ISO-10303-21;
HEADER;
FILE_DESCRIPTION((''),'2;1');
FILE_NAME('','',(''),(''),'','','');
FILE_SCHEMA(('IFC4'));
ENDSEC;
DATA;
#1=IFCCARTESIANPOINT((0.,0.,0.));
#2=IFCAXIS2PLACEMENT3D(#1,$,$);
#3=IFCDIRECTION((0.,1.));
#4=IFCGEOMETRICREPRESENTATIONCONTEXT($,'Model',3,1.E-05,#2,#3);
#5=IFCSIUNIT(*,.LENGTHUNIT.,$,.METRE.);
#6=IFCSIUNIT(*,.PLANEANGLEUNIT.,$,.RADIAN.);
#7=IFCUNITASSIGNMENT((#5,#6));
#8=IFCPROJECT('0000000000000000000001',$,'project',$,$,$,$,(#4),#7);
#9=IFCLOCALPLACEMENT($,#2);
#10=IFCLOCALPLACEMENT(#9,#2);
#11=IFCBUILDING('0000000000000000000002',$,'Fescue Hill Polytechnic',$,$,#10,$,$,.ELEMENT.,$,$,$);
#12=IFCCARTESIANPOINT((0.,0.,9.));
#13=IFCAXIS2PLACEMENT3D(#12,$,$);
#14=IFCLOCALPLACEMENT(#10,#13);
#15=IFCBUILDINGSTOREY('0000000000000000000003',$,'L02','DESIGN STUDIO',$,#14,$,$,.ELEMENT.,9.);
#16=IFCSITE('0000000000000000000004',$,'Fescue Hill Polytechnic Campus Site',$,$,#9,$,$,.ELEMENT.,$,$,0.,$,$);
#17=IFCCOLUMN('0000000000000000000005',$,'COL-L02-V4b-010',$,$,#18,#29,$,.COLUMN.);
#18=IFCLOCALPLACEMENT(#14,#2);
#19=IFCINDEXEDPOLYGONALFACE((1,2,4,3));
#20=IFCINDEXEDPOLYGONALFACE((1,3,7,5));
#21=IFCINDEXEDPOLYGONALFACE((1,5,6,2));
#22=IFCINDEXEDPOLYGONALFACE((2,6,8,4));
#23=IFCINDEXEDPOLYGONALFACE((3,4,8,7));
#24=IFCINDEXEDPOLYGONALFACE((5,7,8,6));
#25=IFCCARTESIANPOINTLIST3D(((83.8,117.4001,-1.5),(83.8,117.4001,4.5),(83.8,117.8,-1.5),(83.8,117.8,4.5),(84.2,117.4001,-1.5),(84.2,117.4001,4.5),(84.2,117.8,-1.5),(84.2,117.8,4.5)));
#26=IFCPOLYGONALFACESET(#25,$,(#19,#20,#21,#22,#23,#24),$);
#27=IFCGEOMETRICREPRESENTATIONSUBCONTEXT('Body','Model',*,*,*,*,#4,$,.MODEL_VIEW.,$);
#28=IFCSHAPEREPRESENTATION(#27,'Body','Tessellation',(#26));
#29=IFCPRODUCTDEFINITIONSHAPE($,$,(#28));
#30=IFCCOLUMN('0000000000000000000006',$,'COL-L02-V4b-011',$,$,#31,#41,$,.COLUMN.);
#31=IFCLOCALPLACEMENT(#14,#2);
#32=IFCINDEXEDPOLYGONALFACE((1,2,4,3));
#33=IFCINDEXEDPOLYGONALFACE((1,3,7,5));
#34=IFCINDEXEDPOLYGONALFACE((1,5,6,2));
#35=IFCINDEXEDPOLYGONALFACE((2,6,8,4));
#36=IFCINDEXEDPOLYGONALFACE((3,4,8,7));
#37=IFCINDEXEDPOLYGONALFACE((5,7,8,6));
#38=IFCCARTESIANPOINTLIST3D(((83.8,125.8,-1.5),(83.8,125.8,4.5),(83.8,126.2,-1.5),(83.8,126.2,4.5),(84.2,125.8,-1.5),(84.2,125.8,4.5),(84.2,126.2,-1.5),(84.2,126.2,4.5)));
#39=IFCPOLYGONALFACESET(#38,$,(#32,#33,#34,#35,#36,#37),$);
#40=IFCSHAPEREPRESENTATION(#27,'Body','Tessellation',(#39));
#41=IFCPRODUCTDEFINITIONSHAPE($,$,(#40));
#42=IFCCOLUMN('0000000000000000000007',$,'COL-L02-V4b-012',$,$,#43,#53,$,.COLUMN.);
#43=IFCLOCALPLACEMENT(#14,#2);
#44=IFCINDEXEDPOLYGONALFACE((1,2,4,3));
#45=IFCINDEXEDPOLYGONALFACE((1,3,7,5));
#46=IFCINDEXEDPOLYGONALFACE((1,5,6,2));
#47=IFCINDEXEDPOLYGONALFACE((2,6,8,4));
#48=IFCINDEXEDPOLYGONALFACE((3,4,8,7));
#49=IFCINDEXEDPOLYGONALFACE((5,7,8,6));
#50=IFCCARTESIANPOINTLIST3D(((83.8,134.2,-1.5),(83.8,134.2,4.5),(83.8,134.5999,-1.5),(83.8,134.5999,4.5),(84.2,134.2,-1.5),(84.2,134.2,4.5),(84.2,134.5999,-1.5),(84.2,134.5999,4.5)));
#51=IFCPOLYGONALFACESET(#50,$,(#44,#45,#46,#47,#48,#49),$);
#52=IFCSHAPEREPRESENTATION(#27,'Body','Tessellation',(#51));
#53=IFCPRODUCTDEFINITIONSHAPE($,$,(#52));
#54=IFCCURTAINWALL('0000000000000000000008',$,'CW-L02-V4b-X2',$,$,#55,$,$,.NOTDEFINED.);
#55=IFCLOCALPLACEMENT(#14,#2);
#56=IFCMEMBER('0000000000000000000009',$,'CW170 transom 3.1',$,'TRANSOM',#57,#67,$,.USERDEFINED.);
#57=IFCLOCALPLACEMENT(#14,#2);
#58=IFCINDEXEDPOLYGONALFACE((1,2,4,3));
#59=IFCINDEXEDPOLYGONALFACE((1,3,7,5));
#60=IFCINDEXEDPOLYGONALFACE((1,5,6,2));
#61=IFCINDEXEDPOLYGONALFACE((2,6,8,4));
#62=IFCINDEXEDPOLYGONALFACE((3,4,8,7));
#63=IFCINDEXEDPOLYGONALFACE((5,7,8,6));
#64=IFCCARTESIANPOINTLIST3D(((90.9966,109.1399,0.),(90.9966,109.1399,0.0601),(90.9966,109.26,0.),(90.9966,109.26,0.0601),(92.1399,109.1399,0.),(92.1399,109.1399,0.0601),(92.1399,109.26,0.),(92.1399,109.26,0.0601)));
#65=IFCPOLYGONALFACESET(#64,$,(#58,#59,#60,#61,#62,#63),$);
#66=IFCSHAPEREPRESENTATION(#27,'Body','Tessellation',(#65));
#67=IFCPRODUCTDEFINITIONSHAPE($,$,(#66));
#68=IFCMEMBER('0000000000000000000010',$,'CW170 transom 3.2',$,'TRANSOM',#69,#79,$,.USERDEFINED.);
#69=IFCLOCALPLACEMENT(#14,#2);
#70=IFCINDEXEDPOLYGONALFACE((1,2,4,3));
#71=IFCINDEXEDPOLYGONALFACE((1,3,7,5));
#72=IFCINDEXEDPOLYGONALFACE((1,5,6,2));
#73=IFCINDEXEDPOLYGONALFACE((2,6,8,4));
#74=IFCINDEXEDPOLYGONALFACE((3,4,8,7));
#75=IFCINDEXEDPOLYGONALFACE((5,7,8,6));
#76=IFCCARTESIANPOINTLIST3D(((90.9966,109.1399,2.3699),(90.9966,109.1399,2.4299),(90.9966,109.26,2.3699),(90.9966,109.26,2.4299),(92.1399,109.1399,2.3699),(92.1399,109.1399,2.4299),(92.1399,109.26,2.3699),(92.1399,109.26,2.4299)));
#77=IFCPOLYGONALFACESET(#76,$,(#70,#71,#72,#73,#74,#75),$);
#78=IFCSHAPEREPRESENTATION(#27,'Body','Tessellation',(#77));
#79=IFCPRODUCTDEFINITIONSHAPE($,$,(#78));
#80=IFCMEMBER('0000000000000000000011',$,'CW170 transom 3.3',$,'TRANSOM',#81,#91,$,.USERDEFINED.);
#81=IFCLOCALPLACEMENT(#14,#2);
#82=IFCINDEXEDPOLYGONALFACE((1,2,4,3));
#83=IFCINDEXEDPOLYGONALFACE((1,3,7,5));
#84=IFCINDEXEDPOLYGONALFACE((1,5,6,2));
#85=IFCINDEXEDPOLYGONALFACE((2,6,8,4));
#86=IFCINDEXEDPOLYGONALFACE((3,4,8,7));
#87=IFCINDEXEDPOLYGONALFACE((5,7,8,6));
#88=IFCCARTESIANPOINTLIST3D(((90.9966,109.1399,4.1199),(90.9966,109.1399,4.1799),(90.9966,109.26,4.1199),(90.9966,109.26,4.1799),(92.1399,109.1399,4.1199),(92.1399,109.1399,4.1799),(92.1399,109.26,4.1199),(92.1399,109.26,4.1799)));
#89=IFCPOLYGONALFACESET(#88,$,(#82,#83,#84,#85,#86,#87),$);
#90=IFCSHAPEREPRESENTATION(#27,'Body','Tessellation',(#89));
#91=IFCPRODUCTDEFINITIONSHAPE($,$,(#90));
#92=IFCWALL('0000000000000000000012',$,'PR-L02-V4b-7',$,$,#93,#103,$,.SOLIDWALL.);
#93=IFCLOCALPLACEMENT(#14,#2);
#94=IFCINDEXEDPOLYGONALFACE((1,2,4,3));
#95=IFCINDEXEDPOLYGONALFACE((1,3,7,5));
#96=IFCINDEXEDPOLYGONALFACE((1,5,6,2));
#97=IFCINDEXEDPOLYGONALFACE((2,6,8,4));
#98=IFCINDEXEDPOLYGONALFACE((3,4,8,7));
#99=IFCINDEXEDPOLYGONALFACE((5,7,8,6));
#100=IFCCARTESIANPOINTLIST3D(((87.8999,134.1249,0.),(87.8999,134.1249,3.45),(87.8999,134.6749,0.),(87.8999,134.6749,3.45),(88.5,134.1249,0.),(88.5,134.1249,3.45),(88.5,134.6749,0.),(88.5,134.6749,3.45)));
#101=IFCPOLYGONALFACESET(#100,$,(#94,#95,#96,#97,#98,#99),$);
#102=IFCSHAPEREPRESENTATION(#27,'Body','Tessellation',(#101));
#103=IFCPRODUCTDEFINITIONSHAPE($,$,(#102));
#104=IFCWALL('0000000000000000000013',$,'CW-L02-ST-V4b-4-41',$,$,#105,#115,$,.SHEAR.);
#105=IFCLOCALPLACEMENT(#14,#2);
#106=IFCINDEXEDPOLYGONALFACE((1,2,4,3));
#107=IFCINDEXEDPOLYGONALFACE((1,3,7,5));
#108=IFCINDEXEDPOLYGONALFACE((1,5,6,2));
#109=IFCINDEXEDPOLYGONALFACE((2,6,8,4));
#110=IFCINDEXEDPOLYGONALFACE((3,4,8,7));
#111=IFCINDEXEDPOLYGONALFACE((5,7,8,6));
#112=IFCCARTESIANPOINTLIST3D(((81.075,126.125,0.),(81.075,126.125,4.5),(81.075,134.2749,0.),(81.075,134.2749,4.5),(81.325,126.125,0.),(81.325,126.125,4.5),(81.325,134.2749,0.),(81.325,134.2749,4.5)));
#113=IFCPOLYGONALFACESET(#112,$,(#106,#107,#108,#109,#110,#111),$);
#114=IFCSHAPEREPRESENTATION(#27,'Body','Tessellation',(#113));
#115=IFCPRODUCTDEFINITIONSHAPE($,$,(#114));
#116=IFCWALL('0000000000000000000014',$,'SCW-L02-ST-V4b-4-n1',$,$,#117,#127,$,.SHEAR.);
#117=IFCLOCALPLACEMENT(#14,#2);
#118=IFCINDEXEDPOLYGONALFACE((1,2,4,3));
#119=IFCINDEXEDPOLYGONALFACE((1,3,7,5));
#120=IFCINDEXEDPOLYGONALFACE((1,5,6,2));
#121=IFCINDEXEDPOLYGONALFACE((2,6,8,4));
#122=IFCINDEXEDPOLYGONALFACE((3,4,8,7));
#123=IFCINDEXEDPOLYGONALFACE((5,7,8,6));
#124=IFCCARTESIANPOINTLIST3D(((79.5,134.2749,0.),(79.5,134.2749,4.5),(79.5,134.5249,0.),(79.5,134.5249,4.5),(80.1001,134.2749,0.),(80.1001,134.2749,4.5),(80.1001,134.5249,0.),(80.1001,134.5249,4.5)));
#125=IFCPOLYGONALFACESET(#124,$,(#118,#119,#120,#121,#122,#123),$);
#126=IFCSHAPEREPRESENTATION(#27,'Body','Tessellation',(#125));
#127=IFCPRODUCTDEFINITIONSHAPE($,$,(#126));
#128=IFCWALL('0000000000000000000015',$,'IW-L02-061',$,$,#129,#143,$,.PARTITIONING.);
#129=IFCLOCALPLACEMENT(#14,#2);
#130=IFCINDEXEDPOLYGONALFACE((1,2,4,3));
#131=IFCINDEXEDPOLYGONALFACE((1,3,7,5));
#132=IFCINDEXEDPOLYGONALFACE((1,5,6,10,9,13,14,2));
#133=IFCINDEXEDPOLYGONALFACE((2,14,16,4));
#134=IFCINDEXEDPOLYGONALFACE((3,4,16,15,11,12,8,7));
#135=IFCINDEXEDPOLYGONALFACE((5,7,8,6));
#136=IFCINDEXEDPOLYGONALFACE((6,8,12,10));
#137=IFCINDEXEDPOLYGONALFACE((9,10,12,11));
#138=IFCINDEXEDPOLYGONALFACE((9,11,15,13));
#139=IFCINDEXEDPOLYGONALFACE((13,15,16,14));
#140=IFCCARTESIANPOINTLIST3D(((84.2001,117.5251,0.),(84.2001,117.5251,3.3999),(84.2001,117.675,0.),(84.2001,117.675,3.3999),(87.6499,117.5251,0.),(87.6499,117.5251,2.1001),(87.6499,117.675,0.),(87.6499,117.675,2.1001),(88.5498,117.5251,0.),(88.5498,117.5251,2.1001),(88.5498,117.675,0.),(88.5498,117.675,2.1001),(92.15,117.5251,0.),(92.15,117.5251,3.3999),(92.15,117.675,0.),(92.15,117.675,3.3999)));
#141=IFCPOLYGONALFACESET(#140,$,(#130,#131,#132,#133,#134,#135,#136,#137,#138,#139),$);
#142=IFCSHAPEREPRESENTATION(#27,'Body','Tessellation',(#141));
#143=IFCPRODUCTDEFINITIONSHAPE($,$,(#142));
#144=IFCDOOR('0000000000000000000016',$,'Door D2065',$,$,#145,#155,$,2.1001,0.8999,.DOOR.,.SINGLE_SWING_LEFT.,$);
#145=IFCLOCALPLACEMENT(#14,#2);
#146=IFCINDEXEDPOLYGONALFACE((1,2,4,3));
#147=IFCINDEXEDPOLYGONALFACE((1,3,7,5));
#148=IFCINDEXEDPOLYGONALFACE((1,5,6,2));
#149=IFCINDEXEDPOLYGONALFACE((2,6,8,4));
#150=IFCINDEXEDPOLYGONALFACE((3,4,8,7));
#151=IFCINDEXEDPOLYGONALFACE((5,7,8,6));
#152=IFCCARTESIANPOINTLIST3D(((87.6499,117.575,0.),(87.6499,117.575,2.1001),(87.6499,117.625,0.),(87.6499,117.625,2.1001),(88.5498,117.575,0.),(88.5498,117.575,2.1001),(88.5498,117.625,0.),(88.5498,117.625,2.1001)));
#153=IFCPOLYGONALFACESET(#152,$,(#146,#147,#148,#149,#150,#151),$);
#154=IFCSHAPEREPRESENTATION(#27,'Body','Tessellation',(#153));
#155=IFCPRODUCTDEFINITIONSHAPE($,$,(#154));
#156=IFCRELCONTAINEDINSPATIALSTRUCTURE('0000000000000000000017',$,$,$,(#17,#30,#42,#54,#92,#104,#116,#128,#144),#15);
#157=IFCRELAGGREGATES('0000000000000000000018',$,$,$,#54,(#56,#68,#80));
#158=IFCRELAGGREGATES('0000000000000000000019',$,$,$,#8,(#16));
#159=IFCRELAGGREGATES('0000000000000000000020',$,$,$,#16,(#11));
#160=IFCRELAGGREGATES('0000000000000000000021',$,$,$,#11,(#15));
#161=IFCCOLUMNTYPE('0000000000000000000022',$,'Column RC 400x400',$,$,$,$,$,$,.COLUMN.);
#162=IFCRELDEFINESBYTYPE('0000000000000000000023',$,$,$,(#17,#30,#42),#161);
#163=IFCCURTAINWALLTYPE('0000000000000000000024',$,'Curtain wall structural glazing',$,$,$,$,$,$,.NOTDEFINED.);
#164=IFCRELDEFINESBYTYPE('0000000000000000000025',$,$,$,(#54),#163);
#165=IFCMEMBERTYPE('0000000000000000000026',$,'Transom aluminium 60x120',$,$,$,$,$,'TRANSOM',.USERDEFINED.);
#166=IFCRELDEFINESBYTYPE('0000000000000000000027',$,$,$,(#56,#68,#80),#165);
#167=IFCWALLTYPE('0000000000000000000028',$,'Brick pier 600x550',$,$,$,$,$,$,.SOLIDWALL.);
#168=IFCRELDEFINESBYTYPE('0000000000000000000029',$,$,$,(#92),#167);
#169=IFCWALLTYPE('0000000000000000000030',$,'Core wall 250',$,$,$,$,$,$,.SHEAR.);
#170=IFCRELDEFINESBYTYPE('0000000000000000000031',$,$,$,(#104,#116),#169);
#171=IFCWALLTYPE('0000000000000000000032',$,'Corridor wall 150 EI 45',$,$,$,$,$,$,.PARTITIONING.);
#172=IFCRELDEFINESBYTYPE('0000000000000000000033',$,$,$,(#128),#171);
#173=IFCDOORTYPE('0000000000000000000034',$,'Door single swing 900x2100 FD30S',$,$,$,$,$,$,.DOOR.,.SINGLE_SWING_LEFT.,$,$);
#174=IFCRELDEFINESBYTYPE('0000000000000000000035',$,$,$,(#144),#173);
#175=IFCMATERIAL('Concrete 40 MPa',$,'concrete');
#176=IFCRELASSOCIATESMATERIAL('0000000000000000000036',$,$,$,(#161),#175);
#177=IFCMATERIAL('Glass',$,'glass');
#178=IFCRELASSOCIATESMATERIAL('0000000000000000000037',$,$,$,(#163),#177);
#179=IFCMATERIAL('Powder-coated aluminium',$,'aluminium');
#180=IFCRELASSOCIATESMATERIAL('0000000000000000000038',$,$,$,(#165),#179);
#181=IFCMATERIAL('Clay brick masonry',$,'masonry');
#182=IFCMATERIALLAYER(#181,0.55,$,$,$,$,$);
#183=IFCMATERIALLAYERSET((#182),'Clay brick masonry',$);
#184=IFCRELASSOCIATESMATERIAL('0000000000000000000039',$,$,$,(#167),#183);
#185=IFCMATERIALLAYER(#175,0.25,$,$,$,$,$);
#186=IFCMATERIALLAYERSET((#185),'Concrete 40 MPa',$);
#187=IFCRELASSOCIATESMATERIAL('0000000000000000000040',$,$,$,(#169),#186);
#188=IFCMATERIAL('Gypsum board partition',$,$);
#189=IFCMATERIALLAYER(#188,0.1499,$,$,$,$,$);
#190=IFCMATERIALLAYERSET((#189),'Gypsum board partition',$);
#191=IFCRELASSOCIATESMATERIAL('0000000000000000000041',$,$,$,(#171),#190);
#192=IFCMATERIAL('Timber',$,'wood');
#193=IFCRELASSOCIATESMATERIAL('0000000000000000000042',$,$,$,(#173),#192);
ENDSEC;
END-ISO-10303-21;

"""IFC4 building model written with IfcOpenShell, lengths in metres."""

from ifc_helpers import new_model, si_unit, direction, frame, frame_2d, origin, origin_2d, place, context, subcontext, project, spatial, rectangle, extrude, material, layer, layer_set, material_profile, profile_set, type_object, element, fill, aggregate, save


model = new_model("IFC4")

# Units and contexts
model_context = context("Model", 3, precision=1e-05, world=origin(), true_north=direction((0.0, 1.0)))
body_context = subcontext(model_context, "Body", "Model", "MODEL_VIEW")
ifc_project = project(units=[si_unit("LENGTHUNIT", "METRE"), si_unit("PLANEANGLEUNIT", "RADIAN")], contexts=[model_context])

# Site, building, storey
site_placement = place(None, origin())
site = spatial("IfcSite", under=ifc_project, at=site_placement, Name="Fescue Hill Polytechnic Campus Site", CompositionType="ELEMENT", RefElevation=0.0)
building_placement = place(site_placement, origin())
building = spatial("IfcBuilding", under=site, at=building_placement, Name="Fescue Hill Polytechnic", CompositionType="ELEMENT")
storey_placement = place(building_placement, frame((0.0, 0.0, 9.0)))
storey = spatial("IfcBuildingStorey", under=building, at=storey_placement, Name="L02", Description="DESIGN STUDIO", CompositionType="ELEMENT", Elevation=9.0)

# Columns
ifc_material_1 = material(Name="Concrete 40 MPa", Category="concrete")
ifc_material_profile_1 = material_profile(ifc_material_1, rectangle(XDim=0.3999, YDim=0.3999, at=origin_2d()), Name="RC 400x400")
ifc_profile_set_1 = profile_set([ifc_material_profile_1], Name="Concrete 40 MPa")
column_type = type_object("IfcColumnType", Name="Column RC 400x400", PredefinedType="COLUMN", material=ifc_profile_set_1)
for number, where, z_axis, x_axis, name in (
    (1, (84.0, 117.6001, -1.5), (0.0, 0.0, 1.0), (1.0, 0.0, 0.0), "COL-L02-V4b-010"),
    (2, (84.0, 126.0, -1.5), (0.0, 0.0, 1.0), (1.0, 0.0, 0.0), "COL-L02-V4b-011"),
    (3, (84.0, 134.3999, -1.5), (0.0, 0.0, 1.0), (1.0, 0.0, 0.0), "COL-L02-V4b-012"),
):
    element("IfcColumn", number, at=place(storey_placement, frame(where, z_axis=z_axis, x_axis=x_axis)), inside=storey, type_object=column_type, Name=name, PredefinedType="COLUMN", context=body_context, shape_type="SweptSolid", body=[
        extrude(rectangle(XDim=0.3999, YDim=0.3999, at=origin_2d()), origin(), (0.0, 0.0, 1.0), 6.0),
    ])

# Curtain wall, members
ifc_material_2 = material(Name="Glass", Category="glass")
curtain_wall_type = type_object("IfcCurtainWallType", Name="Curtain wall structural glazing", PredefinedType="NOTDEFINED", material=ifc_material_2)
curtain_wall_placement = place(storey_placement, origin())
curtain_wall = element("IfcCurtainWall", 4, at=curtain_wall_placement, inside=storey, type_object=curtain_wall_type, Name="CW-L02-V4b-X2", PredefinedType="NOTDEFINED")
ifc_material_3 = material(Name="Powder-coated aluminium", Category="aluminium")
ifc_material_profile_2 = material_profile(ifc_material_3, rectangle(XDim=0.1201, YDim=0.0601, at=origin_2d()), Name="Transom aluminium 60x120")
ifc_profile_set_2 = profile_set([ifc_material_profile_2], Name="Powder-coated aluminium")
member_type = type_object("IfcMemberType", Name="Transom aluminium 60x120", ElementType="TRANSOM", PredefinedType="USERDEFINED", material=ifc_profile_set_2)
member_1_placement = place(storey_placement, frame((90.9966, 109.2, 0.03), z_axis=(1.0, 0.0, 0.0), x_axis=(0.0, 1.0, 0.0)))
member_1 = element("IfcMember", 5, at=member_1_placement, type_object=member_type, Name="CW170 transom 3.1", ObjectType="TRANSOM", PredefinedType="USERDEFINED", context=body_context, shape_type="SweptSolid", body=[
    extrude(rectangle(XDim=0.1201, YDim=0.0601, at=origin_2d()), origin(), (0.0, 0.0, 1.0), 1.1433),
])
member_2_placement = place(storey_placement, frame((90.9966, 109.2, 2.3999), z_axis=(1.0, 0.0, 0.0), x_axis=(0.0, 1.0, 0.0)))
member_2 = element("IfcMember", 6, at=member_2_placement, type_object=member_type, Name="CW170 transom 3.2", ObjectType="TRANSOM", PredefinedType="USERDEFINED", context=body_context, shape_type="SweptSolid", body=[
    extrude(rectangle(XDim=0.1201, YDim=0.0601, at=origin_2d()), origin(), (0.0, 0.0, 1.0), 1.1433),
])
member_3_placement = place(storey_placement, frame((90.9966, 109.2, 4.1499), z_axis=(1.0, 0.0, 0.0), x_axis=(0.0, 1.0, 0.0)))
member_3 = element("IfcMember", 7, at=member_3_placement, type_object=member_type, Name="CW170 transom 3.3", ObjectType="TRANSOM", PredefinedType="USERDEFINED", context=body_context, shape_type="SweptSolid", body=[
    extrude(rectangle(XDim=0.1201, YDim=0.0601, at=origin_2d()), origin(), (0.0, 0.0, 1.0), 1.1433),
])
aggregate(curtain_wall, [member_1, member_2, member_3])

# Walls
ifc_material_4 = material(Name="Clay brick masonry", Category="masonry")
ifc_layer_1 = layer(ifc_material_4, 0.55)
ifc_layer_set_1 = layer_set([ifc_layer_1], Name="Clay brick masonry")
wall_type_1 = type_object("IfcWallType", Name="Brick pier 600x550", PredefinedType="SOLIDWALL", material=ifc_layer_set_1)
wall_1_placement = place(storey_placement, frame((88.5, 134.3999, 0.0), z_axis=(0.0, 0.0, 1.0), x_axis=(-1.0, 0.0, 0.0)))
element("IfcWall", 8, at=wall_1_placement, inside=storey, type_object=wall_type_1, Name="PR-L02-V4b-7", PredefinedType="SOLIDWALL", context=body_context, shape_type="SweptSolid", body=[
    extrude(rectangle(XDim=0.6001, YDim=0.55, at=frame_2d((0.3, 0.0))), origin(), (0.0, 0.0, 1.0), 3.45),
])
ifc_layer_2 = layer(ifc_material_1, 0.25)
ifc_layer_set_2 = layer_set([ifc_layer_2], Name="Concrete 40 MPa")
wall_type_2 = type_object("IfcWallType", Name="Core wall 250", PredefinedType="SHEAR", material=ifc_layer_set_2)
wall_2_placement = place(storey_placement, frame((81.2, 126.125, 0.0), z_axis=(0.0, 0.0, 1.0), x_axis=(0.0, 1.0, 0.0)))
element("IfcWall", 9, at=wall_2_placement, inside=storey, type_object=wall_type_2, Name="CW-L02-ST-V4b-4-41", PredefinedType="SHEAR", context=body_context, shape_type="SweptSolid", body=[
    extrude(rectangle(XDim=8.1499, YDim=0.25, at=frame_2d((4.075, 0.0))), origin(), (0.0, 0.0, 1.0), 4.5),
])
wall_3_placement = place(storey_placement, frame((79.5, 134.3999, 0.0), z_axis=(0.0, 0.0, 1.0), x_axis=(1.0, 0.0, 0.0)))
element("IfcWall", 10, at=wall_3_placement, inside=storey, type_object=wall_type_2, Name="SCW-L02-ST-V4b-4-n1", PredefinedType="SHEAR", context=body_context, shape_type="SweptSolid", body=[
    extrude(rectangle(XDim=0.6001, YDim=0.25, at=frame_2d((0.3, 0.0))), origin(), (0.0, 0.0, 1.0), 4.5),
])

# Wall, opening, door
ifc_material_5 = material(Name="Gypsum board partition")
ifc_layer_3 = layer(ifc_material_5, 0.1499)
ifc_layer_set_3 = layer_set([ifc_layer_3], Name="Gypsum board partition")
wall_type_3 = type_object("IfcWallType", Name="Corridor wall 150 EI 45", PredefinedType="PARTITIONING", material=ifc_layer_set_3)
wall_4_placement = place(storey_placement, frame((84.2, 117.6001, 0.0), z_axis=(0.0, 0.0, 1.0), x_axis=(1.0, 0.0, 0.0)))
wall_4 = element("IfcWall", 11, at=wall_4_placement, inside=storey, type_object=wall_type_3, Name="IW-L02-061", PredefinedType="PARTITIONING", context=body_context, shape_type="SweptSolid", body=[
    extrude(rectangle(XDim=7.95, YDim=0.1499, at=frame_2d((3.9751, 0.0))), origin(), (0.0, 0.0, 1.0), 3.3999),
])
opening_1_placement = place(wall_4_placement, frame((3.45, 0.0, 0.0)))
opening_1 = element("IfcOpeningElement", 12, at=opening_1_placement, cuts=wall_4, PredefinedType="OPENING", context=body_context, shape_type="SweptSolid", body=[
    extrude(rectangle(XDim=0.8999, YDim=2.1001, at=frame_2d((0.45, 1.05))), frame((0.0, 0.085, 0.0), z_axis=(0.0, -1.0, 0.0), x_axis=(1.0, 0.0, 0.0)), (0.0, 0.0, 1.0), 0.1699),
])
ifc_material_6 = material(Name="Timber", Category="wood")
door_type_1 = type_object("IfcDoorType", Name="Door single swing 900x2100 FD30S", OperationType="SINGLE_SWING_LEFT", PredefinedType="DOOR", material=ifc_material_6)
door_1_placement = place(opening_1_placement, origin())
door_1 = element("IfcDoor", 13, at=door_1_placement, inside=storey, type_object=door_type_1, Name="Door D2065", OperationType="SINGLE_SWING_LEFT", OverallHeight=2.1001, OverallWidth=0.8999, PredefinedType="DOOR", context=body_context, shape_type="SweptSolid", body=[
    extrude(rectangle(XDim=0.8999, YDim=2.1001, at=frame_2d((0.45, 1.05))), frame((0.0, 0.0249, 0.0), z_axis=(0.0, -1.0, 0.0), x_axis=(1.0, 0.0, 0.0)), (0.0, 0.0, 1.0), 0.05),
])
fill(opening_1, door_1)

save(model, "model.ifc")
